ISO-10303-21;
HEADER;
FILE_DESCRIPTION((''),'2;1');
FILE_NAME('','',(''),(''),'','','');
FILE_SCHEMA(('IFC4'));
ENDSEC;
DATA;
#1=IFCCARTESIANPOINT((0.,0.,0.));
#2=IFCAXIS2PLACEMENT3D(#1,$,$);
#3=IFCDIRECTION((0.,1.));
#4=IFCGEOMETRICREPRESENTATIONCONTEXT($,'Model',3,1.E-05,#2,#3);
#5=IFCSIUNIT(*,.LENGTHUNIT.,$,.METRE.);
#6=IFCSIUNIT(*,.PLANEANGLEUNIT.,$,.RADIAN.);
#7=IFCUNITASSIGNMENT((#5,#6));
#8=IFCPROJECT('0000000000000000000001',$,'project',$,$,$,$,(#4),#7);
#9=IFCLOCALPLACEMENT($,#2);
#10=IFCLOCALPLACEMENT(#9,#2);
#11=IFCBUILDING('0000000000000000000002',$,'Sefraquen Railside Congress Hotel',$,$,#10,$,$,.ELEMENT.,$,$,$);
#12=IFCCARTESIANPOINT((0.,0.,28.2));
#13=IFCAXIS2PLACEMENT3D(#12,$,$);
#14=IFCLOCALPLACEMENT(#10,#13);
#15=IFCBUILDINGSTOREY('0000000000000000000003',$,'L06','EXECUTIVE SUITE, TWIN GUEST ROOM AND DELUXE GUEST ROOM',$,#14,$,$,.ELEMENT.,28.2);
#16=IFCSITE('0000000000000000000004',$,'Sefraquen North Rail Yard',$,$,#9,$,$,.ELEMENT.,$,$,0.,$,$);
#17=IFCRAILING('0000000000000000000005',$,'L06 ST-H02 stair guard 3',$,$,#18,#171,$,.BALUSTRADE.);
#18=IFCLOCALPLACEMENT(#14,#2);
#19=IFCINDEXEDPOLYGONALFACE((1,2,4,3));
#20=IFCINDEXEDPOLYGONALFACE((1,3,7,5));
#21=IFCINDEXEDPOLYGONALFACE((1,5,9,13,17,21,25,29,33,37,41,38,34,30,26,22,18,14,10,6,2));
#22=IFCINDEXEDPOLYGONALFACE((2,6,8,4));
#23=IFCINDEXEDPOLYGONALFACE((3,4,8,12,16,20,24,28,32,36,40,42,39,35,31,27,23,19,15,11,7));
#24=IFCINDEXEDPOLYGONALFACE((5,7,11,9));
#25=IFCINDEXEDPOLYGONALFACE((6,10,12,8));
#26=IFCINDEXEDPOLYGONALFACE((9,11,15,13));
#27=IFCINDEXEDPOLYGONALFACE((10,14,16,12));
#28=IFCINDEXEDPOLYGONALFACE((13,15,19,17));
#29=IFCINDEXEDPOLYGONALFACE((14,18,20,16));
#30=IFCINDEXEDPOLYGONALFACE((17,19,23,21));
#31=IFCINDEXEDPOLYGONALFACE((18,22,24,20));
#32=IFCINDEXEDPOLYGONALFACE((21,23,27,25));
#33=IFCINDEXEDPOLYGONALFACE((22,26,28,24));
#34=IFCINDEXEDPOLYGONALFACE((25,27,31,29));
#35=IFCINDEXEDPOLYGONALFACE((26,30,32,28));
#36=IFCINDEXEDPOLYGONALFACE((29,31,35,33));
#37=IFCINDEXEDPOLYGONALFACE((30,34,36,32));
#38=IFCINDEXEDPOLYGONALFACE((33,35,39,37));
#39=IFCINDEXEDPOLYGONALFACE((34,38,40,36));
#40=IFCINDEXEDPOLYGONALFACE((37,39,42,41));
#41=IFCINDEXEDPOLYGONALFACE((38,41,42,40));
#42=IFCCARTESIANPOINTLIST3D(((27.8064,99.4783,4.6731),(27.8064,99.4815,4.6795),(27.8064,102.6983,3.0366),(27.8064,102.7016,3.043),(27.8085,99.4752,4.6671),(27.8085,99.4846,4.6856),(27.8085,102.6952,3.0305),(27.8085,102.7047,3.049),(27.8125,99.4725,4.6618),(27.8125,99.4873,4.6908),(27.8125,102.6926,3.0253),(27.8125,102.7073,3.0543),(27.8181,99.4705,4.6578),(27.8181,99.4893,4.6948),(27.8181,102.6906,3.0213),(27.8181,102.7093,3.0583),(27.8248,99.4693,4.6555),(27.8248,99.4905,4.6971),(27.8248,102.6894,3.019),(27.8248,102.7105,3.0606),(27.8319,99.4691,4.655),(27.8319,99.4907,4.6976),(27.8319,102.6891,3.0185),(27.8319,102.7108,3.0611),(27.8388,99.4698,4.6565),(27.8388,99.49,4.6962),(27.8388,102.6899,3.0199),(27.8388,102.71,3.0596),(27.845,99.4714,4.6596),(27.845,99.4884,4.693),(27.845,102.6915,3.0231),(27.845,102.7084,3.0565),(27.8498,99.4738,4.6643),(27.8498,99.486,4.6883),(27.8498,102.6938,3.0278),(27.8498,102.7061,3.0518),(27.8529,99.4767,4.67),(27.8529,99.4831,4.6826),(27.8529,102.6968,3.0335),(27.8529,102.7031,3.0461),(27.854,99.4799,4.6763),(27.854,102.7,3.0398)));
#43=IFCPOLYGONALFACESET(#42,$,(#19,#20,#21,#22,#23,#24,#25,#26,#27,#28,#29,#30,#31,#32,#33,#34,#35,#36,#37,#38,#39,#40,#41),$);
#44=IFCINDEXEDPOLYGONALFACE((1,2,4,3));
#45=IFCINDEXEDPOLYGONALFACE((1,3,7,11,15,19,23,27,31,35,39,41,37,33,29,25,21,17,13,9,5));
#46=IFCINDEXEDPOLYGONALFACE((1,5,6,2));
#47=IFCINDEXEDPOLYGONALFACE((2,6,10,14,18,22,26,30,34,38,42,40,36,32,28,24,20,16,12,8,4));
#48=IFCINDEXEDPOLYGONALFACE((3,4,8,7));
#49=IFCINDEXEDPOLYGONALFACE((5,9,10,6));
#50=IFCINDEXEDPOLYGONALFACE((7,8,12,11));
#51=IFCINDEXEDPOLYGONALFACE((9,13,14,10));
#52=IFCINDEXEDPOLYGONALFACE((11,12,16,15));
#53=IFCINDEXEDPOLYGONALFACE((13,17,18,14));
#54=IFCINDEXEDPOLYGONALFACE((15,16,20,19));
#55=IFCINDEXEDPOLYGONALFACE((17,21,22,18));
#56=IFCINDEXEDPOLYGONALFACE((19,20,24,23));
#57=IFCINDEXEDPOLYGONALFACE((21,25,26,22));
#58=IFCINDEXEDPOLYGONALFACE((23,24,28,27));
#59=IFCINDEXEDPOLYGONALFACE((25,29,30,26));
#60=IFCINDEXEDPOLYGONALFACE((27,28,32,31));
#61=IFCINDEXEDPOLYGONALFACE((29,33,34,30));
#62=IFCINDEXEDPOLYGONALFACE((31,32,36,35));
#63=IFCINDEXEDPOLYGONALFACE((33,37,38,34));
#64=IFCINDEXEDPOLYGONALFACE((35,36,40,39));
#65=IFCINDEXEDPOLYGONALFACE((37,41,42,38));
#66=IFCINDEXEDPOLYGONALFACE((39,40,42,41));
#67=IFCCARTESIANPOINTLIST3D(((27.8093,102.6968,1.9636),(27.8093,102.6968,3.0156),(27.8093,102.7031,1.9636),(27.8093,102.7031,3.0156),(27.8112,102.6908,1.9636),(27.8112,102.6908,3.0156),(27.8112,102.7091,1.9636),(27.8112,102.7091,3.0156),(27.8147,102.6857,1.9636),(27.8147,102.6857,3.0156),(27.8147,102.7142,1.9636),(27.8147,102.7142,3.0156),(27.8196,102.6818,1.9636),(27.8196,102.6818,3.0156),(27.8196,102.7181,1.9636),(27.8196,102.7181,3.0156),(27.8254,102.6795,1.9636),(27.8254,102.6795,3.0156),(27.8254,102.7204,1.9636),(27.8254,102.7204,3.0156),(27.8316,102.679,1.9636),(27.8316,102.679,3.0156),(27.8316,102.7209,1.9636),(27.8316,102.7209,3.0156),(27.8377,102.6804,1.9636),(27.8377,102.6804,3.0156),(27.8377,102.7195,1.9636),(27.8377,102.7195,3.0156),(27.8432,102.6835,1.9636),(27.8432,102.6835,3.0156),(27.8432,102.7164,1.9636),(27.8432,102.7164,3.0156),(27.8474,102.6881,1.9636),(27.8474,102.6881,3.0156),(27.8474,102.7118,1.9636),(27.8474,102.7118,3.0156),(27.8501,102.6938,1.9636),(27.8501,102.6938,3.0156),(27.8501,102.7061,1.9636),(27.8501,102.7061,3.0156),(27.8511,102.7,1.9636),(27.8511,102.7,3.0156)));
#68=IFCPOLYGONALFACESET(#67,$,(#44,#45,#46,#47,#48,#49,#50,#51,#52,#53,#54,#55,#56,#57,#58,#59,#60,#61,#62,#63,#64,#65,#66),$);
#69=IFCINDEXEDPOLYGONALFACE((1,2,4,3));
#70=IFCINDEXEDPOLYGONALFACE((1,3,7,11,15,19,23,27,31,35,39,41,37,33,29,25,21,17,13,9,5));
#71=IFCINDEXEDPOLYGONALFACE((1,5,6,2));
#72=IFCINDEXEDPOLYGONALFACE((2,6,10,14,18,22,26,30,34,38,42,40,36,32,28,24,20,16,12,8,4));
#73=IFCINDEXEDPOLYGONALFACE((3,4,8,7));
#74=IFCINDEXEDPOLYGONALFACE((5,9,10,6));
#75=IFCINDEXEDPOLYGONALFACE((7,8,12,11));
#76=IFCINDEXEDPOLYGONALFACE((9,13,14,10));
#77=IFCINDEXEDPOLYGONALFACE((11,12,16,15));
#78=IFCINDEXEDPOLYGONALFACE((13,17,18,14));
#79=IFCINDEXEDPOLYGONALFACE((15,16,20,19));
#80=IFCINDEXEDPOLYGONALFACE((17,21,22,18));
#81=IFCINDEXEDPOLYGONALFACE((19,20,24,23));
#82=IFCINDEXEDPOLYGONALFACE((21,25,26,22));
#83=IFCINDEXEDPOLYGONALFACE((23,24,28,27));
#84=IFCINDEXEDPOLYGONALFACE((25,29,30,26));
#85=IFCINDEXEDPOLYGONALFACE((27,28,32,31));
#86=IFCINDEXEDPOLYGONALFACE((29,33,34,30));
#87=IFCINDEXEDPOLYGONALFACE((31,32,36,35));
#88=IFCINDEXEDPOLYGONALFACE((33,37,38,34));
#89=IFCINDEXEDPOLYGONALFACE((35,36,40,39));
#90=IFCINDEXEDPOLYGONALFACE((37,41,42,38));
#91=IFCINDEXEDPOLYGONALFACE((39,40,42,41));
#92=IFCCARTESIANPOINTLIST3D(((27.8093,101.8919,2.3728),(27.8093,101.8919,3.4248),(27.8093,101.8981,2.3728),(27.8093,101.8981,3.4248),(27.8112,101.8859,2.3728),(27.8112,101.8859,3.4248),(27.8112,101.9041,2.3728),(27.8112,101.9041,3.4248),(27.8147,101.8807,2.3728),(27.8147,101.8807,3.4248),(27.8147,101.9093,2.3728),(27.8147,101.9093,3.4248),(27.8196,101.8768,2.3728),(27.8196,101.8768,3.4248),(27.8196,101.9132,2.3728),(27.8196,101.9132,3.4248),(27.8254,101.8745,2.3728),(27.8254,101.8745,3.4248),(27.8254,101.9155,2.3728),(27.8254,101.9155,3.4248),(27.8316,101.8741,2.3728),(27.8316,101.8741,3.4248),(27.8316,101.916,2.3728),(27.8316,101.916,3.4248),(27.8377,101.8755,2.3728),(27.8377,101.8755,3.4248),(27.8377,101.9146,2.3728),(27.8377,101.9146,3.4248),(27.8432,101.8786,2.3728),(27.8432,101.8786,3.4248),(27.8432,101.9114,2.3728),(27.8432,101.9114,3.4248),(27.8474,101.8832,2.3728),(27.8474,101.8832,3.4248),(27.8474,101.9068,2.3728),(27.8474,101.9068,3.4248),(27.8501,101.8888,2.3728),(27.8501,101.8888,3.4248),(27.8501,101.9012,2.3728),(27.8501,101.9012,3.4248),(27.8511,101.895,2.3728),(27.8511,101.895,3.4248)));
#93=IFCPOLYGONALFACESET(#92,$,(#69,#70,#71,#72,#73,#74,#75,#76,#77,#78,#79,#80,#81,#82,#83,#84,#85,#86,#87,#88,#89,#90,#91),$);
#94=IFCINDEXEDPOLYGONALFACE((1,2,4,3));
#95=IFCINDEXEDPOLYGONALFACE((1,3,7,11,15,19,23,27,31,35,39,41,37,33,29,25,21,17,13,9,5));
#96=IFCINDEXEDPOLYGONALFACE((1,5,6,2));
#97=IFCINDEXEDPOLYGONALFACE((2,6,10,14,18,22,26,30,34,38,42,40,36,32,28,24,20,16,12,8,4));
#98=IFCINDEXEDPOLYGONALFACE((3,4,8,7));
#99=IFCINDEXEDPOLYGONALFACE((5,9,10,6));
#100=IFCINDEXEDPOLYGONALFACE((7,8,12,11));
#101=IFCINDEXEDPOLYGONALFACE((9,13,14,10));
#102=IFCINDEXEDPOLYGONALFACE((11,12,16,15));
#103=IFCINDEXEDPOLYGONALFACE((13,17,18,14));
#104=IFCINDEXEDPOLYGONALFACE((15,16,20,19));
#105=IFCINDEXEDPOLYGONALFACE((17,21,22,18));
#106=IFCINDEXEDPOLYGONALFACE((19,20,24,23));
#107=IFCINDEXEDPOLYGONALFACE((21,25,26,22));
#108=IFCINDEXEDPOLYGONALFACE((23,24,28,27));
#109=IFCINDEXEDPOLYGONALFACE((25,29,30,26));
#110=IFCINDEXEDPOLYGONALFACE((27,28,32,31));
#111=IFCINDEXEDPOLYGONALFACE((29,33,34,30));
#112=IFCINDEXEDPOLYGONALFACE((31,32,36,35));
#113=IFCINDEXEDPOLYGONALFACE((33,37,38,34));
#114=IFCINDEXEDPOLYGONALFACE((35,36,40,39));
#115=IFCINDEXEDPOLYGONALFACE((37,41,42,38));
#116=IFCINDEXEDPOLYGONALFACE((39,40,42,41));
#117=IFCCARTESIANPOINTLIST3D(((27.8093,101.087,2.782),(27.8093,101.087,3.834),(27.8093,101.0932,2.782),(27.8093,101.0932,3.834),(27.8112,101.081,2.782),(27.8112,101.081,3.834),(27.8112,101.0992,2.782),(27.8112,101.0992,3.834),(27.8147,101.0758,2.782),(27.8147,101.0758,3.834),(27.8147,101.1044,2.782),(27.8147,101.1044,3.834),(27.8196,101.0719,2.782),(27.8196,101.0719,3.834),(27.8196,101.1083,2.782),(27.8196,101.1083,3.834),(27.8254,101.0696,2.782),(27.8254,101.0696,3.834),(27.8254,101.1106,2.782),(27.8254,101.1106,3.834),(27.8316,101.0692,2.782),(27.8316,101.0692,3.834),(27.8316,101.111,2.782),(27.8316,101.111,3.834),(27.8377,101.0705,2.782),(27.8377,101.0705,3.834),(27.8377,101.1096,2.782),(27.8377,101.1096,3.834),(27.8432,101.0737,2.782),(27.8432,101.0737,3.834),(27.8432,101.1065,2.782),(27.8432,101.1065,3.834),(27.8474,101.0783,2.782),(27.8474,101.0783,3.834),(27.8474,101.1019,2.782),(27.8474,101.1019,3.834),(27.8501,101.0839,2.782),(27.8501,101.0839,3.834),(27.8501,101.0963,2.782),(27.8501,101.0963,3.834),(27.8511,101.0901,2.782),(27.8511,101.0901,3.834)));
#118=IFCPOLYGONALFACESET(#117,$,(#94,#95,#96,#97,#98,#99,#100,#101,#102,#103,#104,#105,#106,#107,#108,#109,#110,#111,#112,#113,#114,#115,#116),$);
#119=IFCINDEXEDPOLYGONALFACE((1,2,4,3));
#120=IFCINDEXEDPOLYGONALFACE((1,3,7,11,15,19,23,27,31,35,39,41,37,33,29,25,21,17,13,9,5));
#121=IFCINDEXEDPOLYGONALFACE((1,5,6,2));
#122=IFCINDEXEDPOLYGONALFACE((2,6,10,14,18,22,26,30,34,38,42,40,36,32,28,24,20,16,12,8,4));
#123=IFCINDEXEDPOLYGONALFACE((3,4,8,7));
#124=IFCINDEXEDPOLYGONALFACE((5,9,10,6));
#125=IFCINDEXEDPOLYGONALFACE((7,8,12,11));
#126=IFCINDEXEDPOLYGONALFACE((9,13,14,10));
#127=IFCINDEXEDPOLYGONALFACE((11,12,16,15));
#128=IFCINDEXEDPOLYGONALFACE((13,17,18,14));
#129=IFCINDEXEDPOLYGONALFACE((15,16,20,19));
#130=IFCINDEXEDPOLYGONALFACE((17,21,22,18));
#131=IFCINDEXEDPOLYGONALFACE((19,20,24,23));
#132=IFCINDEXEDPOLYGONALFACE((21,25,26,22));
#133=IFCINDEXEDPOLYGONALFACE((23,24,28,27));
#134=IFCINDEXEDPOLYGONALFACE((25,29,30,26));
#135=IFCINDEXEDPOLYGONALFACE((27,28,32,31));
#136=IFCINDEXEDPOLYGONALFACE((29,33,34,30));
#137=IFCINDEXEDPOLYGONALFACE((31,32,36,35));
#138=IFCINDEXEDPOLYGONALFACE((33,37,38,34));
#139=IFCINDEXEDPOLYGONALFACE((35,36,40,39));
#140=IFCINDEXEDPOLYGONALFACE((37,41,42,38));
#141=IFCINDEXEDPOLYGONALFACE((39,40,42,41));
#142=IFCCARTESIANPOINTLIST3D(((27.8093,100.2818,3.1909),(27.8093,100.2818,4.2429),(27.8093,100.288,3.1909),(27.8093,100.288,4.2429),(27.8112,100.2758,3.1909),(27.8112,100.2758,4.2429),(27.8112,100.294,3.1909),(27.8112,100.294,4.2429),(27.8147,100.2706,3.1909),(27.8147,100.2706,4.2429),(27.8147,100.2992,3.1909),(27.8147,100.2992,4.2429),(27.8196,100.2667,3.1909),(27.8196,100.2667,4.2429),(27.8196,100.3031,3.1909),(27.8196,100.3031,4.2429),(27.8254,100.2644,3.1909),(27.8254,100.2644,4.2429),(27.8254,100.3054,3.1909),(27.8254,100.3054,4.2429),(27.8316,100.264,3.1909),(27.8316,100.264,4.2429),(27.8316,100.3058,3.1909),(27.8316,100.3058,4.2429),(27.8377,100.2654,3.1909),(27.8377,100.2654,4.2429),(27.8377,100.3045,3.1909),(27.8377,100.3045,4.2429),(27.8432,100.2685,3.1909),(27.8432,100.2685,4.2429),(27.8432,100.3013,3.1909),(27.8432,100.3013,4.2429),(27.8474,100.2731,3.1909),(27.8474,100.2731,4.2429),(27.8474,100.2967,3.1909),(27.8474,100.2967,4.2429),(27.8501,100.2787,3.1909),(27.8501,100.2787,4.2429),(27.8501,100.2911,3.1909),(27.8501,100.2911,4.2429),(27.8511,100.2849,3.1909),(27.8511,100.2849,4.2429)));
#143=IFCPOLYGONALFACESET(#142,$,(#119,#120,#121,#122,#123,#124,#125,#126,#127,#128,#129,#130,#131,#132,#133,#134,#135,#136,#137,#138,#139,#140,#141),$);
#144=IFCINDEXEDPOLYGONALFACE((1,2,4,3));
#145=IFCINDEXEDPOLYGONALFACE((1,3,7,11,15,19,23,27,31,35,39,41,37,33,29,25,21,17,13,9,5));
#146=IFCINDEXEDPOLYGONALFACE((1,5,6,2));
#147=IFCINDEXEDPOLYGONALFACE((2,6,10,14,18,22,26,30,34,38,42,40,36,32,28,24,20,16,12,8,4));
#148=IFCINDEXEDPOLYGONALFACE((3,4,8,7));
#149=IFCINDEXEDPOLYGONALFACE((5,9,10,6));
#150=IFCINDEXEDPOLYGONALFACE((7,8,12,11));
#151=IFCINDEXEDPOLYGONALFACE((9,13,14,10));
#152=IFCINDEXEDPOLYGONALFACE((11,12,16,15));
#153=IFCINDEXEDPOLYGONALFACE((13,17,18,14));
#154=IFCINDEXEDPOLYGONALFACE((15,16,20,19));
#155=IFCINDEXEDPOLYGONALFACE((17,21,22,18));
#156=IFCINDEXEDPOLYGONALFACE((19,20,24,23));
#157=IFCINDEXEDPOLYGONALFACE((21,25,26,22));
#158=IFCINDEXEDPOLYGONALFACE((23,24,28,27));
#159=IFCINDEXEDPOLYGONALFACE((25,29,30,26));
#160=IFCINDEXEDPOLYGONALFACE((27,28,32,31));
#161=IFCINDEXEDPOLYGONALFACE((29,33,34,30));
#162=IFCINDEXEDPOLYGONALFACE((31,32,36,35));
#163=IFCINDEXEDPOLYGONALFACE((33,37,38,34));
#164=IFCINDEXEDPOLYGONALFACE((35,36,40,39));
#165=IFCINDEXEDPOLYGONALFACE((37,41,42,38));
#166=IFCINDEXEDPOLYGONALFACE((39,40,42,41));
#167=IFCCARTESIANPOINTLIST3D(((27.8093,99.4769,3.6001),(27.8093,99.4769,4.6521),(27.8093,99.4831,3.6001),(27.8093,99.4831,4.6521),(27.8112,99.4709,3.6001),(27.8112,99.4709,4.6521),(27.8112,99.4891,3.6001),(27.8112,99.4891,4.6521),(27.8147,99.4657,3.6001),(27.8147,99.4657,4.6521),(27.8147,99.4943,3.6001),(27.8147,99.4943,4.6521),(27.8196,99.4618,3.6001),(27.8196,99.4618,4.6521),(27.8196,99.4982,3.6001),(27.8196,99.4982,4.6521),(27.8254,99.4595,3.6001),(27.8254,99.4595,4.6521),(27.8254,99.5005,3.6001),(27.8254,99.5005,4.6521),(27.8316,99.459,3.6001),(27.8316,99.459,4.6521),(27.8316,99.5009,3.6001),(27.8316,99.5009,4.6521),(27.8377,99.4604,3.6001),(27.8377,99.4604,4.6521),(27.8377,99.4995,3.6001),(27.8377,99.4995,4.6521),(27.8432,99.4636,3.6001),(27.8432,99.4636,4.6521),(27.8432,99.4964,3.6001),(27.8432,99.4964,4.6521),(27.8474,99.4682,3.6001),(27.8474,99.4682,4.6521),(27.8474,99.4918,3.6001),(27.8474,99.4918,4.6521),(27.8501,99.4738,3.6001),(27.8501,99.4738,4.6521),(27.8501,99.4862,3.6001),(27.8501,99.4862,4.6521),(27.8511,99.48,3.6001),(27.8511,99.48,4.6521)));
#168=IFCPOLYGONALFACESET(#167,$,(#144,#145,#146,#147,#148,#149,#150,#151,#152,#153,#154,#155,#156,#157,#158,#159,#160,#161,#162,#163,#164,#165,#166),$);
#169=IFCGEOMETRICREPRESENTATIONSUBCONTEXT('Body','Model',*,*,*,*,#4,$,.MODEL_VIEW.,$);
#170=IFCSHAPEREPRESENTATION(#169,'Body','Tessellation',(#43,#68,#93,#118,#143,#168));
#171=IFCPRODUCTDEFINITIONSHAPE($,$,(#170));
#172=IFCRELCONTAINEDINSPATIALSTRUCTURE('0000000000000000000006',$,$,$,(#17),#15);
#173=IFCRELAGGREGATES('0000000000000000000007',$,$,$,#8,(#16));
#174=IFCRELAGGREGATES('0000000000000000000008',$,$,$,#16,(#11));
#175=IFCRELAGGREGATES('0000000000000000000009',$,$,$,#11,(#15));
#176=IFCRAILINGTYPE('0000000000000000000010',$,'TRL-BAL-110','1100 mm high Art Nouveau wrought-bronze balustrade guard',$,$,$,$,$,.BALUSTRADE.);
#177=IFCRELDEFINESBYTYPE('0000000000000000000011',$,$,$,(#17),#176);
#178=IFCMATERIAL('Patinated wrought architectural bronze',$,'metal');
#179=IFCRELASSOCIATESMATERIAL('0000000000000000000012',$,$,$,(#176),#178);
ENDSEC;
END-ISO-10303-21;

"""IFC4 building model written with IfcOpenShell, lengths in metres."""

from ifc_helpers import new_model, si_unit, direction, frame, origin, origin_2d, place, context, subcontext, project, spatial, circle, extrude, material, type_object, element, save


model = new_model("IFC4")

# Units and contexts
model_context = context("Model", 3, precision=1e-05, world=origin(), true_north=direction((0.0, 1.0)))
body_context = subcontext(model_context, "Body", "Model", "MODEL_VIEW")
ifc_project = project(units=[si_unit("LENGTHUNIT", "METRE"), si_unit("PLANEANGLEUNIT", "RADIAN")], contexts=[model_context])

# Site, building, storey
site_placement = place(None, origin())
site = spatial("IfcSite", under=ifc_project, at=site_placement, Name="Sefraquen North Rail Yard", CompositionType="ELEMENT", RefElevation=0.0)
building_placement = place(site_placement, origin())
building = spatial("IfcBuilding", under=site, at=building_placement, Name="Sefraquen Railside Congress Hotel", CompositionType="ELEMENT")
storey_placement = place(building_placement, frame((0.0, 0.0, 28.2)))
storey = spatial("IfcBuildingStorey", under=building, at=storey_placement, Name="L06", Description="EXECUTIVE SUITE, TWIN GUEST ROOM AND DELUXE GUEST ROOM", CompositionType="ELEMENT", Elevation=28.2)

# Railing
ifc_material_1 = material(Name="Patinated wrought architectural bronze", Category="metal")
railing_type_1 = type_object("IfcRailingType", Name="TRL-BAL-110", Description="1100 mm high Art Nouveau wrought-bronze balustrade guard", PredefinedType="BALUSTRADE", material=ifc_material_1)
railing_1_placement = place(storey_placement, frame((27.8301, 102.7, 1.9636)))
element("IfcRailing", 1, at=railing_1_placement, inside=storey, type_object=railing_type_1, Name="L06 ST-H02 stair guard 3", PredefinedType="BALUSTRADE", context=body_context, shape_type="SweptSolid", body=[
    extrude(circle(Radius=0.0239, at=origin_2d()), frame((0.0, 0.0, 1.0762), z_axis=(0.0, -0.891474, 0.453071), x_axis=(1.0, 0.0, 0.0)), (0.0, 0.0, 1.0), 3.6121),
    extrude(circle(Radius=0.021, at=origin_2d()), origin(), (0.0, 0.0, 1.0), 1.052),
    extrude(circle(Radius=0.021, at=origin_2d()), frame((0.0, -0.8049, 0.4092)), (0.0, 0.0, 1.0), 1.052),
    extrude(circle(Radius=0.021, at=origin_2d()), frame((0.0, -1.6099, 0.8184)), (0.0, 0.0, 1.0), 1.052),
    extrude(circle(Radius=0.021, at=origin_2d()), frame((0.0, -2.415, 1.2273)), (0.0, 0.0, 1.0), 1.052),
    extrude(circle(Radius=0.021, at=origin_2d()), frame((0.0, -3.22, 1.6365)), (0.0, 0.0, 1.0), 1.052),
])

save(model, "model.ifc")
